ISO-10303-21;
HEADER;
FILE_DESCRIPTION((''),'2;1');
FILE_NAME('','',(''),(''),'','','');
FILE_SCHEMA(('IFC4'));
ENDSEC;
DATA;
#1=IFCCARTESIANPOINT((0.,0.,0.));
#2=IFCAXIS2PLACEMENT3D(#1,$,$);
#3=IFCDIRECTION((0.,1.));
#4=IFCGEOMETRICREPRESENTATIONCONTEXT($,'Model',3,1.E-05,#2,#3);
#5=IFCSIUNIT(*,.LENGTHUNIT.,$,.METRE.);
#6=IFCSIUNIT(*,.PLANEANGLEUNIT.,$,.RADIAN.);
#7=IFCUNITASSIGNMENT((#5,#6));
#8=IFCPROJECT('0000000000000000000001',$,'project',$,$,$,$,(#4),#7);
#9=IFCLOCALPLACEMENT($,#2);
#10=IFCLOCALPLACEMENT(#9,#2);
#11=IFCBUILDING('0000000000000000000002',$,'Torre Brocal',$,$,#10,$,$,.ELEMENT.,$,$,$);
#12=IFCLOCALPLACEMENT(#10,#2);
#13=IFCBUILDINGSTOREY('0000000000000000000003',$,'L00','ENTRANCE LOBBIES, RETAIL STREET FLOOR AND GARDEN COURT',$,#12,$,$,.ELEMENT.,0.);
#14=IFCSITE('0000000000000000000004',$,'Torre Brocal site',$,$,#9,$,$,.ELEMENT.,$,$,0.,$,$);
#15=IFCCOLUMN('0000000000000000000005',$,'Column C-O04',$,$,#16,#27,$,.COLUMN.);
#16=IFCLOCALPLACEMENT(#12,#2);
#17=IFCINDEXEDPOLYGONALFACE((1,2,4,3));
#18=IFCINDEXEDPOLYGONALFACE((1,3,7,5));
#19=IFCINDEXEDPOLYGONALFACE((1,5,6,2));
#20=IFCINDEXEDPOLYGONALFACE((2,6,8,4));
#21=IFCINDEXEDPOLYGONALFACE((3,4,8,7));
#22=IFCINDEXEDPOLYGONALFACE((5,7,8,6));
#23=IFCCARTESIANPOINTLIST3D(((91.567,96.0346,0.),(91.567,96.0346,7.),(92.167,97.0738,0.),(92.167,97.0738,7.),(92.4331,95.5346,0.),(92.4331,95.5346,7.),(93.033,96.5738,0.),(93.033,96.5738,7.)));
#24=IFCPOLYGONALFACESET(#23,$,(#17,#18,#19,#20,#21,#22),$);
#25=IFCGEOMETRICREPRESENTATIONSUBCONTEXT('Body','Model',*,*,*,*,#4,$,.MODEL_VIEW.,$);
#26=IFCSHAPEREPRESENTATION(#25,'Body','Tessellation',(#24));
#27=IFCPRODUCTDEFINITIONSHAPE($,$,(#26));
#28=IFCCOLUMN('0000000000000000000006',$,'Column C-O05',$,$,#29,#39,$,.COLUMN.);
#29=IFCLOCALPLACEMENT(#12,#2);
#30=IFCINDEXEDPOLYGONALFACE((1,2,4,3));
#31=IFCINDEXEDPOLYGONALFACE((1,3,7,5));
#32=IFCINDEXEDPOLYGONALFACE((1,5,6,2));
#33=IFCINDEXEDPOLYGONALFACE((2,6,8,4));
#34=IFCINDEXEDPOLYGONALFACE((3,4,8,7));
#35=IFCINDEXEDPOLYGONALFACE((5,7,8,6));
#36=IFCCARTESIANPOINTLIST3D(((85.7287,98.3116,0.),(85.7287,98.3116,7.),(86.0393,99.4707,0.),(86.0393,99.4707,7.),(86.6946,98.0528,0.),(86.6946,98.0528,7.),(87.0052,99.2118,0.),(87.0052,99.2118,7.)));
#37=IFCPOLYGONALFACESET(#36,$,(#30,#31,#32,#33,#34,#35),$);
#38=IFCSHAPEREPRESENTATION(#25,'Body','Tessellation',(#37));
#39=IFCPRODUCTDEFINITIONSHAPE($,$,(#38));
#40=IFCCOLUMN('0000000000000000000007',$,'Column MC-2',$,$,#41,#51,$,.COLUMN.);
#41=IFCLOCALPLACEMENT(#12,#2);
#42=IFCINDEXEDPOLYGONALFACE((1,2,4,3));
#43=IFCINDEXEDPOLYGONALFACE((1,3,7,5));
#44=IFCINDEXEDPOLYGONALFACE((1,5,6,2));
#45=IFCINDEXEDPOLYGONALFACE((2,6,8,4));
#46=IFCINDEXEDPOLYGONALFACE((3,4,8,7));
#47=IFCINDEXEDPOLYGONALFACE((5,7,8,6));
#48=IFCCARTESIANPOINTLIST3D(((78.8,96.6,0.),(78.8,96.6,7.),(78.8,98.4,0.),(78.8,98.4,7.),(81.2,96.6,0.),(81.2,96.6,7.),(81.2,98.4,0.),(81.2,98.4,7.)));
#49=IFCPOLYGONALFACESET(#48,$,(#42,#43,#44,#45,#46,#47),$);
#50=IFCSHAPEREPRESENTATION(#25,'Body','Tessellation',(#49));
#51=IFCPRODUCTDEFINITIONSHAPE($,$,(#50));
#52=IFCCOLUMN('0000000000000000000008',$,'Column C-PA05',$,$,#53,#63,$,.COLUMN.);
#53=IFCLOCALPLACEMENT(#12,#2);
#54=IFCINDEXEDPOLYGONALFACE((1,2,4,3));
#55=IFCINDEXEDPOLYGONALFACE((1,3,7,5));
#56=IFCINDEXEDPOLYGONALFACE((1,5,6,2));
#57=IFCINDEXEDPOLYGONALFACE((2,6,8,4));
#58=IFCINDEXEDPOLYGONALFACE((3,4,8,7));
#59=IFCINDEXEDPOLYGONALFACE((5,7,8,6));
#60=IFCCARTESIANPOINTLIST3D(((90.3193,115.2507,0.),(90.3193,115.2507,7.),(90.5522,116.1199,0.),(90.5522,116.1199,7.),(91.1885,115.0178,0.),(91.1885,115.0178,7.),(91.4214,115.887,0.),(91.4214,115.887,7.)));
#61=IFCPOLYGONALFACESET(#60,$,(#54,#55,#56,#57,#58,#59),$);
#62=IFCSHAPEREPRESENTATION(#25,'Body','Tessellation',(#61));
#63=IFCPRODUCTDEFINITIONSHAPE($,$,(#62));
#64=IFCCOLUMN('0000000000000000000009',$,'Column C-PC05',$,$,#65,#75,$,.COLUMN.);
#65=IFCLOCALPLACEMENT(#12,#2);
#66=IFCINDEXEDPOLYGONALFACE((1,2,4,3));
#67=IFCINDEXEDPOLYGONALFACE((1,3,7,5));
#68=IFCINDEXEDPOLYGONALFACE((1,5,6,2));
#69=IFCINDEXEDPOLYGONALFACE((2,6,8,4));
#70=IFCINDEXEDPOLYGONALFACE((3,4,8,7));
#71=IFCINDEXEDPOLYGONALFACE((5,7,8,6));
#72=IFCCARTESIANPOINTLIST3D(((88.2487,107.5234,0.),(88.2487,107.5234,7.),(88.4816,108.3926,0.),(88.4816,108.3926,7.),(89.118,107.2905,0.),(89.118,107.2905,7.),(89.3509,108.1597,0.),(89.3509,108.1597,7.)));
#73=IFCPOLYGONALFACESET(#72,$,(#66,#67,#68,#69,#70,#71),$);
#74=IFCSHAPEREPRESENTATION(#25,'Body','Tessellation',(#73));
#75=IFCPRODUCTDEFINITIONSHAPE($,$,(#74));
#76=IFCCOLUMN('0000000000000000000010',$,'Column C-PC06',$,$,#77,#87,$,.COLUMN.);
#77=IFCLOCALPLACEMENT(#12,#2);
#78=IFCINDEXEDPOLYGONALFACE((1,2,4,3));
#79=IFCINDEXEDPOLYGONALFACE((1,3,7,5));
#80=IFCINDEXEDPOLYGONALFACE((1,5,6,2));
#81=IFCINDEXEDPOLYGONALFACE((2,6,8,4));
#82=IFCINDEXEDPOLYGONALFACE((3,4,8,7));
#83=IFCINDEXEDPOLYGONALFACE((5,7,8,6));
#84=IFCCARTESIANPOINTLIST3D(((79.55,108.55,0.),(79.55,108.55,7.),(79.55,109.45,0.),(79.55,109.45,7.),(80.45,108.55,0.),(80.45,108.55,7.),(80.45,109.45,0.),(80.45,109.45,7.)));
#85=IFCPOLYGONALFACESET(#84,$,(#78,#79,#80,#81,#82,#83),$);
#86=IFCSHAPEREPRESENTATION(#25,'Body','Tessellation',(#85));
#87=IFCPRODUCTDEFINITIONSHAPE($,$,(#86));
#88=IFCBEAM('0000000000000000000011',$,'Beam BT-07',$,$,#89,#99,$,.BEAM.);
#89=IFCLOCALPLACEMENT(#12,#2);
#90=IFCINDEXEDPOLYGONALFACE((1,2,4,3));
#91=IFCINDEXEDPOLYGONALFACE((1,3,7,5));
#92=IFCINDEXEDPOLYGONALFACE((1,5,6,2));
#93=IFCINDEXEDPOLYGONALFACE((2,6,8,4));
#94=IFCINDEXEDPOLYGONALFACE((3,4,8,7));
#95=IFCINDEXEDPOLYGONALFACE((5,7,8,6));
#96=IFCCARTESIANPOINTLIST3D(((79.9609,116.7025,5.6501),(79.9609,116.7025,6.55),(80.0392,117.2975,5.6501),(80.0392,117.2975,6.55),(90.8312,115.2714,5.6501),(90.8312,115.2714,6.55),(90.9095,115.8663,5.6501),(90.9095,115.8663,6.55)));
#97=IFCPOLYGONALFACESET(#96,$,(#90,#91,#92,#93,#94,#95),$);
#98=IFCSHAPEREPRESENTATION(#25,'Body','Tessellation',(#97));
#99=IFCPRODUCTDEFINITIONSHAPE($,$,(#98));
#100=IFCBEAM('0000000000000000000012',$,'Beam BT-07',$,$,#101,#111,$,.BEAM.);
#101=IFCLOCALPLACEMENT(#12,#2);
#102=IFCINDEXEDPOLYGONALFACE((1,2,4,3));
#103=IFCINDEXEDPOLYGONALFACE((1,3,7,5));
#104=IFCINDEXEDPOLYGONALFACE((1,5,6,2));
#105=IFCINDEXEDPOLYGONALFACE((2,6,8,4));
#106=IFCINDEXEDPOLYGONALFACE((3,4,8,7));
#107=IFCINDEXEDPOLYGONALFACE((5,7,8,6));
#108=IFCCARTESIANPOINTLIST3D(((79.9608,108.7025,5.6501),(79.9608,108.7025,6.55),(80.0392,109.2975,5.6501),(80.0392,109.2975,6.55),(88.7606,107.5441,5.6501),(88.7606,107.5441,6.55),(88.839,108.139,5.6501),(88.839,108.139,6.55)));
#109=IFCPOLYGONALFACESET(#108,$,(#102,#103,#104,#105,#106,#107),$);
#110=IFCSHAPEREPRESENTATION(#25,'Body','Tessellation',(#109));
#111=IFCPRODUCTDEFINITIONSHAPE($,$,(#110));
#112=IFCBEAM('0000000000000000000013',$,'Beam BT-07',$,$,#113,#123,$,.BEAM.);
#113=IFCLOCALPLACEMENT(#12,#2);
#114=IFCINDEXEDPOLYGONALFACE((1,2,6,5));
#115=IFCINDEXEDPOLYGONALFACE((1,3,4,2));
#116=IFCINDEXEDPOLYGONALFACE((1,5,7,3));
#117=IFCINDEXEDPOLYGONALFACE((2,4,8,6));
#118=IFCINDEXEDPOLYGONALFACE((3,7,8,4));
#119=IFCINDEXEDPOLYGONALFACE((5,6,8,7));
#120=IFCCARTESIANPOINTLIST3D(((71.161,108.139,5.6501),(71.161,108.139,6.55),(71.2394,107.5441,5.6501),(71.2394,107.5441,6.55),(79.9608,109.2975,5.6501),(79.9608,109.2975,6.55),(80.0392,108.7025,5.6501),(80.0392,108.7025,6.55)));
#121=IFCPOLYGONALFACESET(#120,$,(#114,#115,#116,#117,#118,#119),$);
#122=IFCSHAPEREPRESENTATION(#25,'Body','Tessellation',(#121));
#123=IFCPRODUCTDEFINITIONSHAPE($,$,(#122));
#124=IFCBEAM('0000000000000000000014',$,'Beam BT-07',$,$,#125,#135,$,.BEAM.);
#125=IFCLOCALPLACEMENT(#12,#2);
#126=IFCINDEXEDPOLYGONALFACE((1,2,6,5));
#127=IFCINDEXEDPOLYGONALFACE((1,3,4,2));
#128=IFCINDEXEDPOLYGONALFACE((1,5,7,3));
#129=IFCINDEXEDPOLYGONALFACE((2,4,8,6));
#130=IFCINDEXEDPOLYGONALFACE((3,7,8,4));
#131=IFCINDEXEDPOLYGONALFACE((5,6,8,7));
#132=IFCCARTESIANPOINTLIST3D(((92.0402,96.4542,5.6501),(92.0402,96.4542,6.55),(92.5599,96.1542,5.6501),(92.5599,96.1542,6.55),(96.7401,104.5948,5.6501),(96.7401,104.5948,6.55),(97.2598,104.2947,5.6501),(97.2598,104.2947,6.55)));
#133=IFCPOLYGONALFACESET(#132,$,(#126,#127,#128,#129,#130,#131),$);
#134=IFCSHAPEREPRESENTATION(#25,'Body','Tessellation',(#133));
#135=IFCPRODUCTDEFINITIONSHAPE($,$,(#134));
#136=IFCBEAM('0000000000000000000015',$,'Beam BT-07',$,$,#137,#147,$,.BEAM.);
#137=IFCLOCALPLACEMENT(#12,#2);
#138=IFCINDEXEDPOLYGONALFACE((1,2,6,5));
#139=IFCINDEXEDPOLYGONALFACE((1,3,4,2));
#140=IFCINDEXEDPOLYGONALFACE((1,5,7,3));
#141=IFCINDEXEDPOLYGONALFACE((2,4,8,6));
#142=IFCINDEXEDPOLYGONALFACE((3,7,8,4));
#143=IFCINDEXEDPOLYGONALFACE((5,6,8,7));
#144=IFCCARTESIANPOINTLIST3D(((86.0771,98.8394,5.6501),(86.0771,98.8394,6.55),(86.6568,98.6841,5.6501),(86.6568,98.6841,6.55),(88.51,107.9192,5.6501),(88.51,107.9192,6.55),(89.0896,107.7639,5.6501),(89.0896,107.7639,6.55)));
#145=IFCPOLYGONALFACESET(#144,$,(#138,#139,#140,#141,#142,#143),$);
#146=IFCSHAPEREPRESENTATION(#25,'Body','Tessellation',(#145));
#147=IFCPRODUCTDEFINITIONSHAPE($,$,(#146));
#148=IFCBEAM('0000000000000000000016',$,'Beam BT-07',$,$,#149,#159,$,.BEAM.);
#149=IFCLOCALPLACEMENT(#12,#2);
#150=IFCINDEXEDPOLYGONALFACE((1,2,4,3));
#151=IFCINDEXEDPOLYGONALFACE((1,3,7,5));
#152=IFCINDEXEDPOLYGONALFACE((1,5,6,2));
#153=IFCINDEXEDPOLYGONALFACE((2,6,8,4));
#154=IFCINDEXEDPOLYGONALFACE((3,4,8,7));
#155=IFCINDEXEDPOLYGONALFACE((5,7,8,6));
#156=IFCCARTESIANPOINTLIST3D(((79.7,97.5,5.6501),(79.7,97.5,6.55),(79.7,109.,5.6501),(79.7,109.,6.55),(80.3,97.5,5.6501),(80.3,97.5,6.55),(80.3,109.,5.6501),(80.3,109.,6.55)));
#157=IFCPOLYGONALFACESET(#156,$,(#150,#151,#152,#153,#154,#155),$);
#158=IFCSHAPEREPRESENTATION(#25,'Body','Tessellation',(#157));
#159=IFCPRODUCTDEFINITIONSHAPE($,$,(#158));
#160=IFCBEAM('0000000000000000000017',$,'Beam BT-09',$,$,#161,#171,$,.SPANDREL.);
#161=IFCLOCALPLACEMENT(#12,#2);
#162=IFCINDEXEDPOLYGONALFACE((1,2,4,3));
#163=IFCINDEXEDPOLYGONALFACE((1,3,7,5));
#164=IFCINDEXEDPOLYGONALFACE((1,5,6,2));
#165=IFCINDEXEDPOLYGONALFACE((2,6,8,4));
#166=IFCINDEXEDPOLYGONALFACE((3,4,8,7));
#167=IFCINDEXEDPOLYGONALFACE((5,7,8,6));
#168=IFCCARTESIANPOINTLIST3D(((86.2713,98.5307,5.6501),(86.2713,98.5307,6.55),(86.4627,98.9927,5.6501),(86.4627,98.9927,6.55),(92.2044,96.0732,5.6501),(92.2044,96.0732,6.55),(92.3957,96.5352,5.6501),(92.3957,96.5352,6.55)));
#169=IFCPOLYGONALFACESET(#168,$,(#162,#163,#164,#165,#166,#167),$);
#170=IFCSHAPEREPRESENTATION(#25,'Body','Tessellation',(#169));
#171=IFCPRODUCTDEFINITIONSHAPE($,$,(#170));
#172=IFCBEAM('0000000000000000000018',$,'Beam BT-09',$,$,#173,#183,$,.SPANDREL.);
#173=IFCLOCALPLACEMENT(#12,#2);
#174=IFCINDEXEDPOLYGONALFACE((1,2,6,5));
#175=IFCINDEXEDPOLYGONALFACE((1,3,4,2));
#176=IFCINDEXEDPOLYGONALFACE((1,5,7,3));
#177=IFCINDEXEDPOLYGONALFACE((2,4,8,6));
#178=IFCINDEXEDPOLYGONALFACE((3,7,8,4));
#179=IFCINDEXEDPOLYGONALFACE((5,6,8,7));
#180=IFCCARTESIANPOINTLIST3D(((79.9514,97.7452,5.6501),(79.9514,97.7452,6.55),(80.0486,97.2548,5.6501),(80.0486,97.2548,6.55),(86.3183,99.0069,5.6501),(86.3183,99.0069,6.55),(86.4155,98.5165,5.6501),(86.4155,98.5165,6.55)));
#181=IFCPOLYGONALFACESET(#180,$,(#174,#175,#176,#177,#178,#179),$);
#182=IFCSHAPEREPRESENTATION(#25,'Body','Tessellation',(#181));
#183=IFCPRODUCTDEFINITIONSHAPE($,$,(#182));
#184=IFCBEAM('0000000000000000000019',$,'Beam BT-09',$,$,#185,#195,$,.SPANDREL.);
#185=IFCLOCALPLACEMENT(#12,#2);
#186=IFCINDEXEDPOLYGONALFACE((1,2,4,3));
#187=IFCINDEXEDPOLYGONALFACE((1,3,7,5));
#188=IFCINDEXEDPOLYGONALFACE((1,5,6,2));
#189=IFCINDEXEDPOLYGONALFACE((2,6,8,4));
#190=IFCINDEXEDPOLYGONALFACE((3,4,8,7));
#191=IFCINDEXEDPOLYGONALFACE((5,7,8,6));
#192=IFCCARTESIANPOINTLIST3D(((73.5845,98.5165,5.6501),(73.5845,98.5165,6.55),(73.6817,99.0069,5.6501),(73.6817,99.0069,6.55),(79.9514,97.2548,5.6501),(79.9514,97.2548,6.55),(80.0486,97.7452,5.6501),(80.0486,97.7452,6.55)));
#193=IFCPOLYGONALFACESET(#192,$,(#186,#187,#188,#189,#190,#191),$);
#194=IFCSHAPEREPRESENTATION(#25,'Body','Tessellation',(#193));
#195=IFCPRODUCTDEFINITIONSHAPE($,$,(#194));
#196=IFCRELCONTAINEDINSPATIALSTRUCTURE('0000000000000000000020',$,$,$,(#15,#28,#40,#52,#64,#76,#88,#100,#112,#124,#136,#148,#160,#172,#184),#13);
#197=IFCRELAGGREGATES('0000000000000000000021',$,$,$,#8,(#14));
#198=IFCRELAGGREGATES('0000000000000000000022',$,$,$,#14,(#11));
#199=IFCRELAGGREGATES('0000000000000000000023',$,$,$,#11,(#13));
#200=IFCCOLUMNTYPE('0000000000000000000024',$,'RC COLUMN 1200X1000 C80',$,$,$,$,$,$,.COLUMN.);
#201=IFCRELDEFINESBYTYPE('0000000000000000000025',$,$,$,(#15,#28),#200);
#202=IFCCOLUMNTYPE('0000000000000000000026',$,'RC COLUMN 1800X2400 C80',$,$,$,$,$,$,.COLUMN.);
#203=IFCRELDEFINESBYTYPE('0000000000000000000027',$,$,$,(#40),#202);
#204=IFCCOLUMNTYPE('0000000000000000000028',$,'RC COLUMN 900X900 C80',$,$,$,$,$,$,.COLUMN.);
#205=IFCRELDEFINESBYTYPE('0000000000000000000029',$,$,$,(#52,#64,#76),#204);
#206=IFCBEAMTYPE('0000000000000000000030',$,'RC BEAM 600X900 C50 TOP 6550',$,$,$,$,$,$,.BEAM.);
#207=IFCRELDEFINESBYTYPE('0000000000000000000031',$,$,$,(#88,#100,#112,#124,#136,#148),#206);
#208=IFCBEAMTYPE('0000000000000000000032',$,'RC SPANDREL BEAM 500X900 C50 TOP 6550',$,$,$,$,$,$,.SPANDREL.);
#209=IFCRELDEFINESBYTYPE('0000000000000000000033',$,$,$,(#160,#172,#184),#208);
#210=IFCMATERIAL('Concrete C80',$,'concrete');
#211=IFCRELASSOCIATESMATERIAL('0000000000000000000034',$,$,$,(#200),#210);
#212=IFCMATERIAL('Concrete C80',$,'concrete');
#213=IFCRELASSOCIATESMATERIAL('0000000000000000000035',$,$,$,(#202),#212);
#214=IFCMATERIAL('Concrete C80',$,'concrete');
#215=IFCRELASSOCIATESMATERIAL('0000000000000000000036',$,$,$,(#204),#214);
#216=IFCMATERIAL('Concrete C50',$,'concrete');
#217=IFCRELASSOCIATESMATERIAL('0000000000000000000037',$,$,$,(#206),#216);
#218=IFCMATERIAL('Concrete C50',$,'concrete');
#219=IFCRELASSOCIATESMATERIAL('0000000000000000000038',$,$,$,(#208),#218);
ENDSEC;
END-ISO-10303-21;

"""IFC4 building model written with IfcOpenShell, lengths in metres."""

from ifc_helpers import new_model, si_unit, direction, frame, origin, origin_2d, place, context, subcontext, project, spatial, rectangle, extrude, material, material_profile, profile_set, type_object, element, save


model = new_model("IFC4")

# Units and contexts
model_context = context("Model", 3, precision=1e-05, world=origin(), true_north=direction((0.0, 1.0)))
body_context = subcontext(model_context, "Body", "Model", "MODEL_VIEW")
ifc_project = project(units=[si_unit("LENGTHUNIT", "METRE"), si_unit("PLANEANGLEUNIT", "RADIAN")], contexts=[model_context])

# Site, building, storey
site_placement = place(None, origin())
site = spatial("IfcSite", under=ifc_project, at=site_placement, Name="Torre Brocal site", CompositionType="ELEMENT", RefElevation=0.0)
building_placement = place(site_placement, origin())
building = spatial("IfcBuilding", under=site, at=building_placement, Name="Torre Brocal", CompositionType="ELEMENT")
storey_placement = place(building_placement, origin())
storey = spatial("IfcBuildingStorey", under=building, at=storey_placement, Name="L00", Description="ENTRANCE LOBBIES, RETAIL STREET FLOOR AND GARDEN COURT", CompositionType="ELEMENT", Elevation=0.0)

# Columns
ifc_material_1 = material(Name="Concrete C80", Category="concrete")
ifc_material_profile_1 = material_profile(ifc_material_1, rectangle(XDim=1.2, YDim=1.0, at=origin_2d()), Name="RC 1200X1000")
ifc_profile_set_1 = profile_set([ifc_material_profile_1], Name="Concrete C80")
column_type_1 = type_object("IfcColumnType", Name="RC COLUMN 1200X1000 C80", PredefinedType="COLUMN", material=ifc_profile_set_1)
for number, where, z_axis, x_axis, name in (
    (1, (92.3, 96.3042, 0.0), (0.0, 0.0, 1.0), (0.5, 0.866025, 0.0), "Column C-O04"),
    (2, (86.3669, 98.7617, 0.0), (0.0, 0.0, 1.0), (0.258819, 0.965926, 0.0), "Column C-O05"),
):
    element("IfcColumn", number, at=place(storey_placement, frame(where, z_axis=z_axis, x_axis=x_axis)), inside=storey, type_object=column_type_1, Name=name, PredefinedType="COLUMN", context=body_context, shape_type="SweptSolid", body=[
        extrude(rectangle(XDim=1.2, YDim=1.0, at=origin_2d()), origin(), (0.0, 0.0, 1.0), 7.0),
    ])
ifc_material_2 = material(Name="Concrete C80", Category="concrete")
ifc_material_profile_2 = material_profile(ifc_material_2, rectangle(XDim=1.8, YDim=2.3999, at=origin_2d()), Name="RC 1800X2400")
ifc_profile_set_2 = profile_set([ifc_material_profile_2], Name="Concrete C80")
column_type_2 = type_object("IfcColumnType", Name="RC COLUMN 1800X2400 C80", PredefinedType="COLUMN", material=ifc_profile_set_2)
column_placement = place(storey_placement, frame((80.0, 97.5, 0.0), z_axis=(0.0, 0.0, 1.0), x_axis=(0.0, 1.0, 0.0)))
element("IfcColumn", 3, at=column_placement, inside=storey, type_object=column_type_2, Name="Column MC-2", PredefinedType="COLUMN", context=body_context, shape_type="SweptSolid", body=[
    extrude(rectangle(XDim=1.8, YDim=2.3999, at=origin_2d()), origin(), (0.0, 0.0, 1.0), 7.0),
])
ifc_material_3 = material(Name="Concrete C80", Category="concrete")
ifc_material_profile_3 = material_profile(ifc_material_3, rectangle(XDim=0.8999, YDim=0.8999, at=origin_2d()), Name="RC 900X900")
ifc_profile_set_3 = profile_set([ifc_material_profile_3], Name="Concrete C80")
column_type_3 = type_object("IfcColumnType", Name="RC COLUMN 900X900 C80", PredefinedType="COLUMN", material=ifc_profile_set_3)
for number, where, z_axis, x_axis, name in (
    (4, (90.8704, 115.5688, 0.0), (0.0, 0.0, 1.0), (0.258819, 0.965926, 0.0), "Column C-PA05"),
    (5, (88.7998, 107.8416, 0.0), (0.0, 0.0, 1.0), (0.258819, 0.965926, 0.0), "Column C-PC05"),
    (6, (80.0, 109.0, 0.0), (0.0, 0.0, 1.0), (0.0, 1.0, 0.0), "Column C-PC06"),
):
    element("IfcColumn", number, at=place(storey_placement, frame(where, z_axis=z_axis, x_axis=x_axis)), inside=storey, type_object=column_type_3, Name=name, PredefinedType="COLUMN", context=body_context, shape_type="SweptSolid", body=[
        extrude(rectangle(XDim=0.8999, YDim=0.8999, at=origin_2d()), origin(), (0.0, 0.0, 1.0), 7.0),
    ])

# Beams
ifc_material_4 = material(Name="Concrete C50", Category="concrete")
ifc_material_profile_4 = material_profile(ifc_material_4, rectangle(XDim=0.6001, YDim=0.8999, at=origin_2d()), Name="RC 600X900")
ifc_profile_set_4 = profile_set([ifc_material_profile_4], Name="Concrete C50")
beam_type_1 = type_object("IfcBeamType", Name="RC BEAM 600X900 C50 TOP 6550", PredefinedType="BEAM", material=ifc_profile_set_4)
beam_1_placement = place(storey_placement, frame((90.8704, 115.5688, 6.1001), z_axis=(-0.991444, 0.13053, 0.0), x_axis=(-0.13053, -0.991444, 0.0)))
element("IfcBeam", 7, at=beam_1_placement, inside=storey, type_object=beam_type_1, Name="Beam BT-07", PredefinedType="BEAM", context=body_context, shape_type="SweptSolid", body=[
    extrude(rectangle(XDim=0.6001, YDim=0.8999, at=origin_2d()), origin(), (0.0, 0.0, 1.0), 10.9641),
])
for number, where, z_axis, x_axis, name in (
    (8, (88.7998, 107.8416, 6.1001), (-0.991446, 0.130519, 0.0), (-0.130519, -0.991446, 0.0), "Beam BT-07"),
    (9, (80.0, 109.0, 6.1001), (-0.991446, -0.130519, 0.0), (0.130519, -0.991446, 0.0), "Beam BT-07"),
):
    element("IfcBeam", number, at=place(storey_placement, frame(where, z_axis=z_axis, x_axis=x_axis)), inside=storey, type_object=beam_type_1, Name=name, PredefinedType="BEAM", context=body_context, shape_type="SweptSolid", body=[
        extrude(rectangle(XDim=0.6001, YDim=0.8999, at=origin_2d()), origin(), (0.0, 0.0, 1.0), 8.8757),
    ])
beam_2_placement = place(storey_placement, frame((92.3, 96.3042, 6.1001), z_axis=(0.499997, 0.866027, 0.0), x_axis=(-0.866027, 0.499997, 0.0)))
element("IfcBeam", 10, at=beam_2_placement, inside=storey, type_object=beam_type_1, Name="Beam BT-07", PredefinedType="BEAM", context=body_context, shape_type="SweptSolid", body=[
    extrude(rectangle(XDim=0.6001, YDim=0.8999, at=origin_2d()), origin(), (0.0, 0.0, 1.0), 9.3999),
])
beam_3_placement = place(storey_placement, frame((86.3669, 98.7617, 6.1001), z_axis=(0.258812, 0.965928, 0.0), x_axis=(-0.965928, 0.258812, 0.0)))
element("IfcBeam", 11, at=beam_3_placement, inside=storey, type_object=beam_type_1, Name="Beam BT-07", PredefinedType="BEAM", context=body_context, shape_type="SweptSolid", body=[
    extrude(rectangle(XDim=0.6001, YDim=0.8999, at=origin_2d()), origin(), (0.0, 0.0, 1.0), 9.4001),
])
beam_4_placement = place(storey_placement, frame((80.0, 97.5, 6.1001), z_axis=(0.0, 1.0, 0.0), x_axis=(-1.0, 0.0, 0.0)))
element("IfcBeam", 12, at=beam_4_placement, inside=storey, type_object=beam_type_1, Name="Beam BT-07", PredefinedType="BEAM", context=body_context, shape_type="SweptSolid", body=[
    extrude(rectangle(XDim=0.6001, YDim=0.8999, at=origin_2d()), origin(), (0.0, 0.0, 1.0), 11.5),
])
ifc_material_5 = material(Name="Concrete C50", Category="concrete")
ifc_material_profile_5 = material_profile(ifc_material_5, rectangle(XDim=0.5, YDim=0.8999, at=origin_2d()), Name="RC 500X900")
ifc_profile_set_5 = profile_set([ifc_material_profile_5], Name="Concrete C50")
beam_type_2 = type_object("IfcBeamType", Name="RC SPANDREL BEAM 500X900 C50 TOP 6550", PredefinedType="SPANDREL", material=ifc_profile_set_5)
beam_5_placement = place(storey_placement, frame((92.3, 96.3042, 6.1001), z_axis=(-0.923882, 0.382676, 0.0), x_axis=(-0.382676, -0.923882, 0.0)))
element("IfcBeam", 13, at=beam_5_placement, inside=storey, type_object=beam_type_2, Name="Beam BT-09", PredefinedType="SPANDREL", context=body_context, shape_type="SweptSolid", body=[
    extrude(rectangle(XDim=0.5, YDim=0.8999, at=origin_2d()), origin(), (0.0, 0.0, 1.0), 6.4219),
])
for number, where, z_axis, x_axis, name in (
    (14, (86.3669, 98.7617, 6.1001), (-0.980925, -0.194387, 0.0), (0.194387, -0.980925, 0.0), "Beam BT-09"),
    (15, (80.0, 97.5, 6.1001), (-0.980925, 0.194387, 0.0), (-0.194387, -0.980925, 0.0), "Beam BT-09"),
):
    element("IfcBeam", number, at=place(storey_placement, frame(where, z_axis=z_axis, x_axis=x_axis)), inside=storey, type_object=beam_type_2, Name=name, PredefinedType="SPANDREL", context=body_context, shape_type="SweptSolid", body=[
        extrude(rectangle(XDim=0.5, YDim=0.8999, at=origin_2d()), origin(), (0.0, 0.0, 1.0), 6.4907),
    ])

save(model, "model.ifc")
